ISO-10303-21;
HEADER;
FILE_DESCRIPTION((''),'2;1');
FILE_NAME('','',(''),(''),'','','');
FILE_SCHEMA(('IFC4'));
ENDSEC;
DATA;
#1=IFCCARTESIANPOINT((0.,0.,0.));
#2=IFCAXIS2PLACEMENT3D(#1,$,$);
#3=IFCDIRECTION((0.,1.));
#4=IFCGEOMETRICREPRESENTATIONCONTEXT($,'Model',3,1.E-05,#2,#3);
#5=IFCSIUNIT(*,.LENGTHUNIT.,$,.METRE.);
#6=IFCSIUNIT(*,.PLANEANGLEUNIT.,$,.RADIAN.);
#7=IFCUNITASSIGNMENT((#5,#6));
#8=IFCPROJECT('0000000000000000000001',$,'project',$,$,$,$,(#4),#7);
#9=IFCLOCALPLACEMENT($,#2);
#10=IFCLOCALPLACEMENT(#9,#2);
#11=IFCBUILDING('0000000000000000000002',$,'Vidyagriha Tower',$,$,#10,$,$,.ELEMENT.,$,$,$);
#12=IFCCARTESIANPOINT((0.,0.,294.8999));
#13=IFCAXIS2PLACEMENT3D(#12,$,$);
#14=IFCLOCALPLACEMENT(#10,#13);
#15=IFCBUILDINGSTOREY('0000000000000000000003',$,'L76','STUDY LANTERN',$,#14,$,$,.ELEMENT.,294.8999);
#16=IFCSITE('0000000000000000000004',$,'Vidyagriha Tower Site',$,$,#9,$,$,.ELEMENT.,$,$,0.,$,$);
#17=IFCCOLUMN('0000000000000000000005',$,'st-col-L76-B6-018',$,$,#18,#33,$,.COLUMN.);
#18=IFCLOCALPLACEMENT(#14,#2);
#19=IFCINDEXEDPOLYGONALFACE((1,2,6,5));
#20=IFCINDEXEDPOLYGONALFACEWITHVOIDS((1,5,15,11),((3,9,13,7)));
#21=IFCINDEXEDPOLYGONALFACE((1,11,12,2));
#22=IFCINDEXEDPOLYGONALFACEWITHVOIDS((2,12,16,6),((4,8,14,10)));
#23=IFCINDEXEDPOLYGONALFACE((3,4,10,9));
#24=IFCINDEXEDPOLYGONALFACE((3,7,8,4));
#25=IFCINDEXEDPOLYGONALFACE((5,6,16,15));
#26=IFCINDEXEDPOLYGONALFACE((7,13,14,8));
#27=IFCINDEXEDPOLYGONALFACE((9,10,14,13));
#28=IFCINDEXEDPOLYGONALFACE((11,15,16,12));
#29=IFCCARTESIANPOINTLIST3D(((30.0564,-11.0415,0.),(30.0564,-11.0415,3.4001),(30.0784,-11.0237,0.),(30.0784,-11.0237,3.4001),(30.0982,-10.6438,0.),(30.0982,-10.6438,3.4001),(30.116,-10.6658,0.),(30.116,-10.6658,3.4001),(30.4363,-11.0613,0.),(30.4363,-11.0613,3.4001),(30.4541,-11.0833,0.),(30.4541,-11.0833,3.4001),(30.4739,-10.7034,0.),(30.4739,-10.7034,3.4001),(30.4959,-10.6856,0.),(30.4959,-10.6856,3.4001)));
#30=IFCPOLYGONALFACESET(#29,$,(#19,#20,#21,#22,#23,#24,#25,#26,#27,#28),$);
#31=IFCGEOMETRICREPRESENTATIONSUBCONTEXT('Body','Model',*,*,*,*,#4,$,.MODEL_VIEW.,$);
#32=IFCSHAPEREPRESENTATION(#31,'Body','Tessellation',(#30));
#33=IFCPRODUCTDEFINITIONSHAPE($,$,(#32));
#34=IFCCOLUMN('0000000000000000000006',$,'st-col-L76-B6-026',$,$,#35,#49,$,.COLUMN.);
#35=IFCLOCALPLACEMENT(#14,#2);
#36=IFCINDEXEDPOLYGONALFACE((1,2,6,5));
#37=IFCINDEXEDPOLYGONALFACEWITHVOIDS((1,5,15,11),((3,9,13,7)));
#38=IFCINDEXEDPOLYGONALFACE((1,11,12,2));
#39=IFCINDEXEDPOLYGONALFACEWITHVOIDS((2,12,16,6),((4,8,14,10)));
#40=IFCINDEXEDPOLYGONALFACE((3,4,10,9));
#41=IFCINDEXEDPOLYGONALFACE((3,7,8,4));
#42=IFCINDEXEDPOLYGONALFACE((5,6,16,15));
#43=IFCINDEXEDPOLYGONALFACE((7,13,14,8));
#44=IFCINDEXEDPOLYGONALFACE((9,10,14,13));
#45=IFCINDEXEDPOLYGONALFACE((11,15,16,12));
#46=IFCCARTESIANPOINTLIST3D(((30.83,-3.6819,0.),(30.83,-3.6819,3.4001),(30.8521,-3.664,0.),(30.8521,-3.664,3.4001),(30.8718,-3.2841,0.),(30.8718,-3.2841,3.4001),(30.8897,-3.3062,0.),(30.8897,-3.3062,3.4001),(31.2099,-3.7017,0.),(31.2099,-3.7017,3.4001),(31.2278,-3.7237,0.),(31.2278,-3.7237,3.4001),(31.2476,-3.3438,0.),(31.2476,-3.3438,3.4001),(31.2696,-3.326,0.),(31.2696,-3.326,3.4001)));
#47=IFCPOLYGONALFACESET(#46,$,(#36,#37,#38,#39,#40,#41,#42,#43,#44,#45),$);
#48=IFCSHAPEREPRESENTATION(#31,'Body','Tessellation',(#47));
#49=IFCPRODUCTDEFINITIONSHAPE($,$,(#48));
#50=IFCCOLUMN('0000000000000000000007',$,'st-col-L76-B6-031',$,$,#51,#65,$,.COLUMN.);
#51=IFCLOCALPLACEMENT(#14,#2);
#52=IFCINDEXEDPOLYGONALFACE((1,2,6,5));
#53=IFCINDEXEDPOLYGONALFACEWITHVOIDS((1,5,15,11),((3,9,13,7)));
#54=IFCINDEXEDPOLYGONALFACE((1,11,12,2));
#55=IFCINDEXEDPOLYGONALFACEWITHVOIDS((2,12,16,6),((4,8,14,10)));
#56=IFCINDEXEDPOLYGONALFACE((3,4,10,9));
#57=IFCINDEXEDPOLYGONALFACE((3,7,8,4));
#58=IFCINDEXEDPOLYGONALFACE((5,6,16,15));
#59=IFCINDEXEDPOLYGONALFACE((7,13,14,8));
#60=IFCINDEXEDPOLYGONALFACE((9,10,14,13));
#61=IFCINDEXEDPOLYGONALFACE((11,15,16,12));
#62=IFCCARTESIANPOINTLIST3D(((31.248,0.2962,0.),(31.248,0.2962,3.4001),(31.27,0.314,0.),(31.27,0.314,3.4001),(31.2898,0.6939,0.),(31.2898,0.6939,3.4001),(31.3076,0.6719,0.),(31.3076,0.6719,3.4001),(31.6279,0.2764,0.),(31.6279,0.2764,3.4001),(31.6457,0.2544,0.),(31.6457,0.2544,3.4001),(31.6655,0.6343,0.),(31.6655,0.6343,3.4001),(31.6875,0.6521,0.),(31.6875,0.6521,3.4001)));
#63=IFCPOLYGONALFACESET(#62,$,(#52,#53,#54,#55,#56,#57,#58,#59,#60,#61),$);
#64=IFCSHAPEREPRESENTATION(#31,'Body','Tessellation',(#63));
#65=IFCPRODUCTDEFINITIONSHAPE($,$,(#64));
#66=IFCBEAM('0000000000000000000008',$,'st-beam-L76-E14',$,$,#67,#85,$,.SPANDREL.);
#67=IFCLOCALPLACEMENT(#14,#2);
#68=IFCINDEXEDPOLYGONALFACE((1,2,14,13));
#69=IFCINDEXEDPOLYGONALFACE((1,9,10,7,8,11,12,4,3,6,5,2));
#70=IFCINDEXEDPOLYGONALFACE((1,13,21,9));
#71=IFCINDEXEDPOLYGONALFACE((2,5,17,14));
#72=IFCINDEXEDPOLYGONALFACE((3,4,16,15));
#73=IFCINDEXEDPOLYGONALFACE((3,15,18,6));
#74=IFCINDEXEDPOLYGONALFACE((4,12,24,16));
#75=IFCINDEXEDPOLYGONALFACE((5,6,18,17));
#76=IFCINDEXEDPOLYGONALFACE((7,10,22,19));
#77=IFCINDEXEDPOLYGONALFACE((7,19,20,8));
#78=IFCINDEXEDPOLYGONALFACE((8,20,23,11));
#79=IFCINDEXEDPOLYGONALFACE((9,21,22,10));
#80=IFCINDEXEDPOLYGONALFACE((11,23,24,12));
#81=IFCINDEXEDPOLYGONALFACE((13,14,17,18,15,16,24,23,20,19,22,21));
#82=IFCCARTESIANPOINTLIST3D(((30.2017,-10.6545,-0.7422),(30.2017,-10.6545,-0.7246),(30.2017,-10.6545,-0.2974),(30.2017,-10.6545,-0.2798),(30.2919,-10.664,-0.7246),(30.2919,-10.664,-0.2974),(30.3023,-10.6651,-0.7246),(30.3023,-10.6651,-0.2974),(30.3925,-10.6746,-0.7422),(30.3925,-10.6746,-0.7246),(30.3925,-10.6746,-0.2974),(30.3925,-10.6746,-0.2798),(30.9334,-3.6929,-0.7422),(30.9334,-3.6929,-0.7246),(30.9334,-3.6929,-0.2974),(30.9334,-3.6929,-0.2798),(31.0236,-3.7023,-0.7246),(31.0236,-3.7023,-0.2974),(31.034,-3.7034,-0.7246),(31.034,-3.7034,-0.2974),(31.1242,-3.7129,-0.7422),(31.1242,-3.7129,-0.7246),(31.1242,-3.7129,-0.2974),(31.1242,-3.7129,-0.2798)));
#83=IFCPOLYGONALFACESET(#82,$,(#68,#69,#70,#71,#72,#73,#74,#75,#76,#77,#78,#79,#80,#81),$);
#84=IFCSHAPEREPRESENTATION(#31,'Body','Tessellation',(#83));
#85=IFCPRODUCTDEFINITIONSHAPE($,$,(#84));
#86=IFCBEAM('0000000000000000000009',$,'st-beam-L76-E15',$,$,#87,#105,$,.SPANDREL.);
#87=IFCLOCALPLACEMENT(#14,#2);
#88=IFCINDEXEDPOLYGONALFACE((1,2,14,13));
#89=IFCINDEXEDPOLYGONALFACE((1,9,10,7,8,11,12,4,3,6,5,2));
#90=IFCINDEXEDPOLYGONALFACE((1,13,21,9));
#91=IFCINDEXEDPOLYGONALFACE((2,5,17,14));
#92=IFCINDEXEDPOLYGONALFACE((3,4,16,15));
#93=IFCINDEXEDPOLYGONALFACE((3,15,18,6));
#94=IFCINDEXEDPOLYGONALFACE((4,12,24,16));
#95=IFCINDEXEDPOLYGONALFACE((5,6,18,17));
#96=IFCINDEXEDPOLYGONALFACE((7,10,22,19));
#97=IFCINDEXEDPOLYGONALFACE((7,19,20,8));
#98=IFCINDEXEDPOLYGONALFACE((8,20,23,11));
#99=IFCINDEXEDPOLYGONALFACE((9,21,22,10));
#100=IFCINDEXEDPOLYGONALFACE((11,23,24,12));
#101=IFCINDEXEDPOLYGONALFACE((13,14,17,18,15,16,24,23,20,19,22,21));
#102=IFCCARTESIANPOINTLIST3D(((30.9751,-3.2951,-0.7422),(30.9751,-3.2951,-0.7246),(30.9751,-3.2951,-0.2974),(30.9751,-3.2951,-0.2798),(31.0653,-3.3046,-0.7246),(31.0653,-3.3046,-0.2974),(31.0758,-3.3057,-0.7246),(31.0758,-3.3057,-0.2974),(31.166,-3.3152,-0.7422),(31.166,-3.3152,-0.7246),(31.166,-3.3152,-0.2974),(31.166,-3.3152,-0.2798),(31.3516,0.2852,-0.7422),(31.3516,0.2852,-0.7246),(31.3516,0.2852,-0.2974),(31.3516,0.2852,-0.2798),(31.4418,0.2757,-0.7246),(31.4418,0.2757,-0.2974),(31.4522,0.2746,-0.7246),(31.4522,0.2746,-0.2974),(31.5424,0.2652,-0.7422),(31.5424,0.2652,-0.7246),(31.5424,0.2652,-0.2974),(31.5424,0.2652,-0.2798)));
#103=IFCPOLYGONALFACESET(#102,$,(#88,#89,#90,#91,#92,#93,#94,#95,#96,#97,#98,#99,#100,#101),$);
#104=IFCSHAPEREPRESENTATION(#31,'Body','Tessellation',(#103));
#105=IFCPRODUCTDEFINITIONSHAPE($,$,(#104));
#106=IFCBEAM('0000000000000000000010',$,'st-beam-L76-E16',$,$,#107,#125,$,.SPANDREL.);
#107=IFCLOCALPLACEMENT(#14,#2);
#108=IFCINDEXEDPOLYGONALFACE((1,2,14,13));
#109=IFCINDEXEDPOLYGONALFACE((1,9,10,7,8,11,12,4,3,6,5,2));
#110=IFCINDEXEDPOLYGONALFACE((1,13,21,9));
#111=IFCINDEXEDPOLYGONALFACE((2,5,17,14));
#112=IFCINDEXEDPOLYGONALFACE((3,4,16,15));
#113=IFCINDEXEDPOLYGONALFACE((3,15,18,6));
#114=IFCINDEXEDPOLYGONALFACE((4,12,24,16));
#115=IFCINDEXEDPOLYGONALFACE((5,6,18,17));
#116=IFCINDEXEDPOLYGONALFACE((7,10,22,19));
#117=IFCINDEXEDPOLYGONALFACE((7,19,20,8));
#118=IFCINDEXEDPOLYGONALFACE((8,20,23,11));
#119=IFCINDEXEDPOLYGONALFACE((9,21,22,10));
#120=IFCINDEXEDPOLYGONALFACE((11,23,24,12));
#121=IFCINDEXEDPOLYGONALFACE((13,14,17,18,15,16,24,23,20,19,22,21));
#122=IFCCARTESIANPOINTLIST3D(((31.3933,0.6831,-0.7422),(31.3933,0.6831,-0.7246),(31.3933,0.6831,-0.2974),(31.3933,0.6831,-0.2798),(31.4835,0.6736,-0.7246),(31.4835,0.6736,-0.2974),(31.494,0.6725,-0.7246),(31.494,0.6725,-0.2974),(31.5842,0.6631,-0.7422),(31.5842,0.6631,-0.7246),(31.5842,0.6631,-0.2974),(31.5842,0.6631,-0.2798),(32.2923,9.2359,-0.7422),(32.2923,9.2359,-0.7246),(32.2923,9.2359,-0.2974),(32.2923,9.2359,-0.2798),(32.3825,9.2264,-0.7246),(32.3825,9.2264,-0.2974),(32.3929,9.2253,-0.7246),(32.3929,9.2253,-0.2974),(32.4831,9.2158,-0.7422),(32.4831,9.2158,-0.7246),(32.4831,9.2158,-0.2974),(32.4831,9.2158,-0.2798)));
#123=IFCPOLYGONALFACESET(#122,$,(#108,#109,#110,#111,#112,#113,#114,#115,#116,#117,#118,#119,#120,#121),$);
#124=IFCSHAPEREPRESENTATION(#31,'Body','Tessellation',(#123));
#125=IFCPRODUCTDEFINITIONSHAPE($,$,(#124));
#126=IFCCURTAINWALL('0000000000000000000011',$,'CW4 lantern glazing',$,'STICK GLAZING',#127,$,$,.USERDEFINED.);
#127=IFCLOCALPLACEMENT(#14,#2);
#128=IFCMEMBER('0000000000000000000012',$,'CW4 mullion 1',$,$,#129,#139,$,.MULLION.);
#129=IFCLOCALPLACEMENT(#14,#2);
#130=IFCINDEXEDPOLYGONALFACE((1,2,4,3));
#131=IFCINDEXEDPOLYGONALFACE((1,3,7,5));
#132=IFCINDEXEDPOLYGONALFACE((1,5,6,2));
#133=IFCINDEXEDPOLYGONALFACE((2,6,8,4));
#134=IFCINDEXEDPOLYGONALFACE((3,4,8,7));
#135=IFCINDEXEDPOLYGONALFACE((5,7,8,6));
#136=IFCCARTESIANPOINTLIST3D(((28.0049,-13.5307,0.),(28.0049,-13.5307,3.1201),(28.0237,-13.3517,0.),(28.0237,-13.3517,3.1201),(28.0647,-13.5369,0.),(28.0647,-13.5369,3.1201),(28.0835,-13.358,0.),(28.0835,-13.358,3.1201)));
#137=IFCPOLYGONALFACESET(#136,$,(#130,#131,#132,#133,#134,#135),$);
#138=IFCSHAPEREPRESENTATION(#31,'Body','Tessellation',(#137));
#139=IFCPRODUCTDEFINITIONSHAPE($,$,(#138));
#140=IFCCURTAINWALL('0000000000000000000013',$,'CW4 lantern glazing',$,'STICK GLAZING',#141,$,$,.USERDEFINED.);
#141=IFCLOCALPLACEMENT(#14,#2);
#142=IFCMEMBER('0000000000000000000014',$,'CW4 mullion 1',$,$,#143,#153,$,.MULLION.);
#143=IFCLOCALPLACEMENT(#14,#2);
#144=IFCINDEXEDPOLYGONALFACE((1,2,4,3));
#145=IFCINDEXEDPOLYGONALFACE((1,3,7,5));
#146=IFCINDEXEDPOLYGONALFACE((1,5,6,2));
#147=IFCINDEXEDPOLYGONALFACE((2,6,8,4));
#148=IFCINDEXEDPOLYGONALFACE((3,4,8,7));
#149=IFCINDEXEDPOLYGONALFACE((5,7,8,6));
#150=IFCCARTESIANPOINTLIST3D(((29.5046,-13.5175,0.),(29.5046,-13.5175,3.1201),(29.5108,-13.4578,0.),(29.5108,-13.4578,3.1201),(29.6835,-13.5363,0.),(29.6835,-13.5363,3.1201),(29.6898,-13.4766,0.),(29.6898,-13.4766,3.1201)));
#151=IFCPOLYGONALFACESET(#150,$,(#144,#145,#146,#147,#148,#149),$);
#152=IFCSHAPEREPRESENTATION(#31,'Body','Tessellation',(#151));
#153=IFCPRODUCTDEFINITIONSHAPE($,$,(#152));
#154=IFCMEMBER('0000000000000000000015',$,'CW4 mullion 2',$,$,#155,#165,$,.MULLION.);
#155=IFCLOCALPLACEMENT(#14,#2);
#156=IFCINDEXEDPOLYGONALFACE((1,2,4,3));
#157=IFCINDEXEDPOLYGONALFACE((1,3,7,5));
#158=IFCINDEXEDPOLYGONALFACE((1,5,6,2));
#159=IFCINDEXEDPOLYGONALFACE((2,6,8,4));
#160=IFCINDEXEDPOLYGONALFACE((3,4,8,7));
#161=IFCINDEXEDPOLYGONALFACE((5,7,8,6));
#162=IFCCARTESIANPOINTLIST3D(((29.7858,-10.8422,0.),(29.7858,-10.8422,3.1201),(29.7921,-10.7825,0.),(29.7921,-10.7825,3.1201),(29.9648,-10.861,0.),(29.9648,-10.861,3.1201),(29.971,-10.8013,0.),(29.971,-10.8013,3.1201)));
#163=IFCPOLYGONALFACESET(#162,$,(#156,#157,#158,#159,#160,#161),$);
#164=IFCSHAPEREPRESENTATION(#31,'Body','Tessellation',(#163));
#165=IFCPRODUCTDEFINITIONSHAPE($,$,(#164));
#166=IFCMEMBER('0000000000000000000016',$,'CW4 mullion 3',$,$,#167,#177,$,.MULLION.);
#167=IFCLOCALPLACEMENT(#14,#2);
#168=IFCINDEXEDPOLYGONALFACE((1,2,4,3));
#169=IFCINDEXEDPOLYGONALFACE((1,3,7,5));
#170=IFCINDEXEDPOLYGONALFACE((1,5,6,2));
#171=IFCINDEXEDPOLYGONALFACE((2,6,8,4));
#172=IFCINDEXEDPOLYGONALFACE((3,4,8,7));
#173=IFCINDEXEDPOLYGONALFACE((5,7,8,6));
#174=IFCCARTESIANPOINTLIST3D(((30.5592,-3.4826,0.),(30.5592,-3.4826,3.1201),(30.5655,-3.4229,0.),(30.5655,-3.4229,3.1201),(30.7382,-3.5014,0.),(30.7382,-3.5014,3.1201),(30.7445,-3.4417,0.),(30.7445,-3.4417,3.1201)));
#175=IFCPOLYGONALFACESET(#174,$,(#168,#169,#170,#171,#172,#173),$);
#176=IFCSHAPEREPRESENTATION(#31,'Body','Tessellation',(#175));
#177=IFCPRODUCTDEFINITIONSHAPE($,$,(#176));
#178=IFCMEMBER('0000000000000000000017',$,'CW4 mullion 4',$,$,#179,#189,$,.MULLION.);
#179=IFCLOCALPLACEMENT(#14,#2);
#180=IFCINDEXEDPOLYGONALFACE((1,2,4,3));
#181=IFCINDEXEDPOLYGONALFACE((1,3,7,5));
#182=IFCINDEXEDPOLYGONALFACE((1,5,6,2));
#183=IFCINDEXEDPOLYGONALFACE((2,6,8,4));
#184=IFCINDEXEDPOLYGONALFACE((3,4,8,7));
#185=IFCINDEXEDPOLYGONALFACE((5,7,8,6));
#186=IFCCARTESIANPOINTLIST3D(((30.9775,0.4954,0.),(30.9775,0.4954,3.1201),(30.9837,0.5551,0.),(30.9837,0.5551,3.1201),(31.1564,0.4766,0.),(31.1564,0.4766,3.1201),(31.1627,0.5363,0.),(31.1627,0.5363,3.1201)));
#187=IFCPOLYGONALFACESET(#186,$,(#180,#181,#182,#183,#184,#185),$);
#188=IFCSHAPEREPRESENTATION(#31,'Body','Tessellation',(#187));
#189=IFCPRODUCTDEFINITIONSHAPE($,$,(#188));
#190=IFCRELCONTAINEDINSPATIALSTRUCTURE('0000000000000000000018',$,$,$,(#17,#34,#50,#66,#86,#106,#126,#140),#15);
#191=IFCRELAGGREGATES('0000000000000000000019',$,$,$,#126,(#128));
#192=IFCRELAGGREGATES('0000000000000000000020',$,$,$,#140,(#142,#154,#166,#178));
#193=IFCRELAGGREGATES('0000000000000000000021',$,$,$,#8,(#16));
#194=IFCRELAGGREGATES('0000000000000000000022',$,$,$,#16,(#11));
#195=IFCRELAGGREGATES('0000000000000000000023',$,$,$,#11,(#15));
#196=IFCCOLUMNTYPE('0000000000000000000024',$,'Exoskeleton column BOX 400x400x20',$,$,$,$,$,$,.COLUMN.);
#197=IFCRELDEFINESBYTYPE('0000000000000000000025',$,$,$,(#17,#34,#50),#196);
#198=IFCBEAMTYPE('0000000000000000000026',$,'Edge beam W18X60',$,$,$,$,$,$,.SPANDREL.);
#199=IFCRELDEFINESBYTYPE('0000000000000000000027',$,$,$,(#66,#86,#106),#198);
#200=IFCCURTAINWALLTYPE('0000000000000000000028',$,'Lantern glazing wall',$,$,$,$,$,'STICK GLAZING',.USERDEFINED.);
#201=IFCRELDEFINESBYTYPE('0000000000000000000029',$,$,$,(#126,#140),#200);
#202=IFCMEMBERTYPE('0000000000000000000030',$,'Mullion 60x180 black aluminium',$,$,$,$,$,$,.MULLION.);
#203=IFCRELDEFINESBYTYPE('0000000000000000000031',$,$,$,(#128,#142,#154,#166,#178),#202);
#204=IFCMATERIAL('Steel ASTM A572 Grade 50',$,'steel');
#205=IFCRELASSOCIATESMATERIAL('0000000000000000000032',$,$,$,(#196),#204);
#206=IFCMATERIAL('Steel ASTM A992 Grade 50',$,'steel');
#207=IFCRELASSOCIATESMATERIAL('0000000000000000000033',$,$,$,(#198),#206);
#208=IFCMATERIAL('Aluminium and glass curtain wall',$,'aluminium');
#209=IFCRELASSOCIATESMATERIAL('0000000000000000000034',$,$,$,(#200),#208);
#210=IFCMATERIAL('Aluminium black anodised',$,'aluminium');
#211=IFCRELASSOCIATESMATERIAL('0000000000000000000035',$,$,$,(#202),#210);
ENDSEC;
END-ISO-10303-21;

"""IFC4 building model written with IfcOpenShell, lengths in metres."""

from ifc_helpers import new_model, si_unit, direction, frame, origin, origin_2d, place, context, subcontext, project, spatial, rectangle, hollow_rectangle, i_section, extrude, material, material_profile, profile_set, type_object, element, aggregate, save


model = new_model("IFC4")

# Units and contexts
model_context = context("Model", 3, precision=1e-05, world=origin(), true_north=direction((0.0, 1.0)))
body_context = subcontext(model_context, "Body", "Model", "MODEL_VIEW")
ifc_project = project(units=[si_unit("LENGTHUNIT", "METRE"), si_unit("PLANEANGLEUNIT", "RADIAN")], contexts=[model_context])

# Site, building, storey
site_placement = place(None, origin())
site = spatial("IfcSite", under=ifc_project, at=site_placement, Name="Vidyagriha Tower Site", CompositionType="ELEMENT", RefElevation=0.0)
building_placement = place(site_placement, origin())
building = spatial("IfcBuilding", under=site, at=building_placement, Name="Vidyagriha Tower", CompositionType="ELEMENT")
storey_placement = place(building_placement, frame((0.0, 0.0, 294.8999)))
storey = spatial("IfcBuildingStorey", under=building, at=storey_placement, Name="L76", Description="STUDY LANTERN", CompositionType="ELEMENT", Elevation=294.8999)

# Columns
ifc_material_1 = material(Name="Steel ASTM A572 Grade 50", Category="steel")
ifc_material_profile_1 = material_profile(ifc_material_1, hollow_rectangle(XDim=0.3999, YDim=0.3999, WallThickness=0.02, at=origin_2d()), Name="BOX 400x400x20")
ifc_profile_set_1 = profile_set([ifc_material_profile_1], Name="Steel ASTM A572 Grade 50")
column_type = type_object("IfcColumnType", Name="Exoskeleton column BOX 400x400x20", PredefinedType="COLUMN", material=ifc_profile_set_1)
for number, where, z_axis, x_axis, name in (
    (1, (30.2761, -10.8635, 0.0), (0.0, 0.0, 1.0), (0.994522, -0.104528, 0.0), "st-col-L76-B6-018"),
    (2, (31.0498, -3.5039, 0.0), (0.0, 0.0, 1.0), (0.994522, -0.104528, 0.0), "st-col-L76-B6-026"),
    (3, (31.4678, 0.4741, 0.0), (0.0, 0.0, 1.0), (0.994522, -0.104528, 0.0), "st-col-L76-B6-031"),
):
    element("IfcColumn", number, at=place(storey_placement, frame(where, z_axis=z_axis, x_axis=x_axis)), inside=storey, type_object=column_type, Name=name, PredefinedType="COLUMN", context=body_context, shape_type="SweptSolid", body=[
        extrude(hollow_rectangle(XDim=0.3999, YDim=0.3999, WallThickness=0.02, at=origin_2d()), origin(), (0.0, 0.0, 1.0), 3.4001),
    ])

# Beams
ifc_material_2 = material(Name="Steel ASTM A992 Grade 50", Category="steel")
ifc_material_profile_2 = material_profile(ifc_material_2, i_section(OverallWidth=0.1919, OverallDepth=0.4624, WebThickness=0.0105, FlangeThickness=0.0176, at=origin_2d()), Name="W18X60")
ifc_profile_set_2 = profile_set([ifc_material_profile_2], Name="Steel ASTM A992 Grade 50")
beam_type = type_object("IfcBeamType", Name="Edge beam W18X60", PredefinedType="SPANDREL", material=ifc_profile_set_2)
beam_1_placement = place(storey_placement, frame((30.2971, -10.6646, -0.511), z_axis=(0.104527, 0.994522, 0.0), x_axis=(-0.994522, 0.104527, 0.0)))
element("IfcBeam", 4, at=beam_1_placement, inside=storey, type_object=beam_type, Name="st-beam-L76-E14", PredefinedType="SPANDREL", context=body_context, shape_type="SweptSolid", body=[
    extrude(i_section(OverallWidth=0.1919, OverallDepth=0.4624, WebThickness=0.0105, FlangeThickness=0.0176, at=origin_2d()), origin(), (0.0, 0.0, 1.0), 7.0),
])
beam_2_placement = place(storey_placement, frame((31.0706, -3.3052, -0.511), z_axis=(0.104572, 0.994517, 0.0), x_axis=(-0.994517, 0.104572, 0.0)))
element("IfcBeam", 5, at=beam_2_placement, inside=storey, type_object=beam_type, Name="st-beam-L76-E15", PredefinedType="SPANDREL", context=body_context, shape_type="SweptSolid", body=[
    extrude(i_section(OverallWidth=0.1919, OverallDepth=0.4624, WebThickness=0.0105, FlangeThickness=0.0176, at=origin_2d()), origin(), (0.0, 0.0, 1.0), 3.6001),
])
beam_3_placement = place(storey_placement, frame((31.4888, 0.6731, -0.511), z_axis=(0.104528, 0.994522, 0.0), x_axis=(-0.994522, 0.104528, 0.0)))
element("IfcBeam", 6, at=beam_3_placement, inside=storey, type_object=beam_type, Name="st-beam-L76-E16", PredefinedType="SPANDREL", context=body_context, shape_type="SweptSolid", body=[
    extrude(i_section(OverallWidth=0.1919, OverallDepth=0.4624, WebThickness=0.0105, FlangeThickness=0.0176, at=origin_2d()), origin(), (0.0, 0.0, 1.0), 8.5999),
])

# Curtain wall, member
ifc_material_3 = material(Name="Aluminium and glass curtain wall", Category="aluminium")
curtain_wall_type = type_object("IfcCurtainWallType", Name="Lantern glazing wall", ElementType="STICK GLAZING", PredefinedType="USERDEFINED", material=ifc_material_3)
curtain_wall_1_placement = place(storey_placement, origin())
curtain_wall_1 = element("IfcCurtainWall", 7, at=curtain_wall_1_placement, inside=storey, type_object=curtain_wall_type, Name="CW4 lantern glazing", ObjectType="STICK GLAZING", PredefinedType="USERDEFINED")
ifc_material_4 = material(Name="Aluminium black anodised", Category="aluminium")
ifc_material_profile_3 = material_profile(ifc_material_4, rectangle(XDim=0.1799, YDim=0.0601, at=origin_2d()), Name="Mullion 60x180 black aluminium")
ifc_profile_set_3 = profile_set([ifc_material_profile_3], Name="Aluminium black anodised")
member_type_1 = type_object("IfcMemberType", Name="Mullion 60x180 black aluminium", PredefinedType="MULLION", material=ifc_profile_set_3)
member_1_placement = place(storey_placement, frame((28.0442, -13.4443, 0.0), z_axis=(0.0, 0.0, 1.0), x_axis=(0.104512, 0.994524, 0.0)))
member_1 = element("IfcMember", 8, at=member_1_placement, type_object=member_type_1, Name="CW4 mullion 1", PredefinedType="MULLION", context=body_context, shape_type="SweptSolid", body=[
    extrude(rectangle(XDim=0.1799, YDim=0.0601, at=origin_2d()), origin(), (0.0, 0.0, 1.0), 3.1201),
])

# Curtain wall, members
curtain_wall_2_placement = place(storey_placement, origin())
curtain_wall_2 = element("IfcCurtainWall", 9, at=curtain_wall_2_placement, inside=storey, type_object=curtain_wall_type, Name="CW4 lantern glazing", ObjectType="STICK GLAZING", PredefinedType="USERDEFINED")
member_2_placement = place(storey_placement, frame((29.5972, -13.4971, 0.0), z_axis=(0.0, 0.0, 1.0), x_axis=(-0.994522, 0.104527, 0.0)))
member_2 = element("IfcMember", 10, at=member_2_placement, type_object=member_type_1, Name="CW4 mullion 1", PredefinedType="MULLION", context=body_context, shape_type="SweptSolid", body=[
    extrude(rectangle(XDim=0.1799, YDim=0.0601, at=origin_2d()), origin(), (0.0, 0.0, 1.0), 3.1201),
])
member_3_placement = place(storey_placement, frame((29.8784, -10.8218, 0.0), z_axis=(0.0, 0.0, 1.0), x_axis=(-0.994522, 0.104527, 0.0)))
member_3 = element("IfcMember", 11, at=member_3_placement, type_object=member_type_1, Name="CW4 mullion 2", PredefinedType="MULLION", context=body_context, shape_type="SweptSolid", body=[
    extrude(rectangle(XDim=0.1799, YDim=0.0601, at=origin_2d()), origin(), (0.0, 0.0, 1.0), 3.1201),
])
member_4_placement = place(storey_placement, frame((30.6519, -3.4622, 0.0), z_axis=(0.0, 0.0, 1.0), x_axis=(-0.994522, 0.104527, 0.0)))
member_4 = element("IfcMember", 12, at=member_4_placement, type_object=member_type_1, Name="CW4 mullion 3", PredefinedType="MULLION", context=body_context, shape_type="SweptSolid", body=[
    extrude(rectangle(XDim=0.1799, YDim=0.0601, at=origin_2d()), origin(), (0.0, 0.0, 1.0), 3.1201),
])
member_5_placement = place(storey_placement, frame((31.0701, 0.5159, 0.0), z_axis=(0.0, 0.0, 1.0), x_axis=(-0.994522, 0.104527, 0.0)))
member_5 = element("IfcMember", 13, at=member_5_placement, type_object=member_type_1, Name="CW4 mullion 4", PredefinedType="MULLION", context=body_context, shape_type="SweptSolid", body=[
    extrude(rectangle(XDim=0.1799, YDim=0.0601, at=origin_2d()), origin(), (0.0, 0.0, 1.0), 3.1201),
])

aggregate(curtain_wall_1, [member_1])

aggregate(curtain_wall_2, [member_2, member_3, member_4, member_5])

save(model, "model.ifc")
